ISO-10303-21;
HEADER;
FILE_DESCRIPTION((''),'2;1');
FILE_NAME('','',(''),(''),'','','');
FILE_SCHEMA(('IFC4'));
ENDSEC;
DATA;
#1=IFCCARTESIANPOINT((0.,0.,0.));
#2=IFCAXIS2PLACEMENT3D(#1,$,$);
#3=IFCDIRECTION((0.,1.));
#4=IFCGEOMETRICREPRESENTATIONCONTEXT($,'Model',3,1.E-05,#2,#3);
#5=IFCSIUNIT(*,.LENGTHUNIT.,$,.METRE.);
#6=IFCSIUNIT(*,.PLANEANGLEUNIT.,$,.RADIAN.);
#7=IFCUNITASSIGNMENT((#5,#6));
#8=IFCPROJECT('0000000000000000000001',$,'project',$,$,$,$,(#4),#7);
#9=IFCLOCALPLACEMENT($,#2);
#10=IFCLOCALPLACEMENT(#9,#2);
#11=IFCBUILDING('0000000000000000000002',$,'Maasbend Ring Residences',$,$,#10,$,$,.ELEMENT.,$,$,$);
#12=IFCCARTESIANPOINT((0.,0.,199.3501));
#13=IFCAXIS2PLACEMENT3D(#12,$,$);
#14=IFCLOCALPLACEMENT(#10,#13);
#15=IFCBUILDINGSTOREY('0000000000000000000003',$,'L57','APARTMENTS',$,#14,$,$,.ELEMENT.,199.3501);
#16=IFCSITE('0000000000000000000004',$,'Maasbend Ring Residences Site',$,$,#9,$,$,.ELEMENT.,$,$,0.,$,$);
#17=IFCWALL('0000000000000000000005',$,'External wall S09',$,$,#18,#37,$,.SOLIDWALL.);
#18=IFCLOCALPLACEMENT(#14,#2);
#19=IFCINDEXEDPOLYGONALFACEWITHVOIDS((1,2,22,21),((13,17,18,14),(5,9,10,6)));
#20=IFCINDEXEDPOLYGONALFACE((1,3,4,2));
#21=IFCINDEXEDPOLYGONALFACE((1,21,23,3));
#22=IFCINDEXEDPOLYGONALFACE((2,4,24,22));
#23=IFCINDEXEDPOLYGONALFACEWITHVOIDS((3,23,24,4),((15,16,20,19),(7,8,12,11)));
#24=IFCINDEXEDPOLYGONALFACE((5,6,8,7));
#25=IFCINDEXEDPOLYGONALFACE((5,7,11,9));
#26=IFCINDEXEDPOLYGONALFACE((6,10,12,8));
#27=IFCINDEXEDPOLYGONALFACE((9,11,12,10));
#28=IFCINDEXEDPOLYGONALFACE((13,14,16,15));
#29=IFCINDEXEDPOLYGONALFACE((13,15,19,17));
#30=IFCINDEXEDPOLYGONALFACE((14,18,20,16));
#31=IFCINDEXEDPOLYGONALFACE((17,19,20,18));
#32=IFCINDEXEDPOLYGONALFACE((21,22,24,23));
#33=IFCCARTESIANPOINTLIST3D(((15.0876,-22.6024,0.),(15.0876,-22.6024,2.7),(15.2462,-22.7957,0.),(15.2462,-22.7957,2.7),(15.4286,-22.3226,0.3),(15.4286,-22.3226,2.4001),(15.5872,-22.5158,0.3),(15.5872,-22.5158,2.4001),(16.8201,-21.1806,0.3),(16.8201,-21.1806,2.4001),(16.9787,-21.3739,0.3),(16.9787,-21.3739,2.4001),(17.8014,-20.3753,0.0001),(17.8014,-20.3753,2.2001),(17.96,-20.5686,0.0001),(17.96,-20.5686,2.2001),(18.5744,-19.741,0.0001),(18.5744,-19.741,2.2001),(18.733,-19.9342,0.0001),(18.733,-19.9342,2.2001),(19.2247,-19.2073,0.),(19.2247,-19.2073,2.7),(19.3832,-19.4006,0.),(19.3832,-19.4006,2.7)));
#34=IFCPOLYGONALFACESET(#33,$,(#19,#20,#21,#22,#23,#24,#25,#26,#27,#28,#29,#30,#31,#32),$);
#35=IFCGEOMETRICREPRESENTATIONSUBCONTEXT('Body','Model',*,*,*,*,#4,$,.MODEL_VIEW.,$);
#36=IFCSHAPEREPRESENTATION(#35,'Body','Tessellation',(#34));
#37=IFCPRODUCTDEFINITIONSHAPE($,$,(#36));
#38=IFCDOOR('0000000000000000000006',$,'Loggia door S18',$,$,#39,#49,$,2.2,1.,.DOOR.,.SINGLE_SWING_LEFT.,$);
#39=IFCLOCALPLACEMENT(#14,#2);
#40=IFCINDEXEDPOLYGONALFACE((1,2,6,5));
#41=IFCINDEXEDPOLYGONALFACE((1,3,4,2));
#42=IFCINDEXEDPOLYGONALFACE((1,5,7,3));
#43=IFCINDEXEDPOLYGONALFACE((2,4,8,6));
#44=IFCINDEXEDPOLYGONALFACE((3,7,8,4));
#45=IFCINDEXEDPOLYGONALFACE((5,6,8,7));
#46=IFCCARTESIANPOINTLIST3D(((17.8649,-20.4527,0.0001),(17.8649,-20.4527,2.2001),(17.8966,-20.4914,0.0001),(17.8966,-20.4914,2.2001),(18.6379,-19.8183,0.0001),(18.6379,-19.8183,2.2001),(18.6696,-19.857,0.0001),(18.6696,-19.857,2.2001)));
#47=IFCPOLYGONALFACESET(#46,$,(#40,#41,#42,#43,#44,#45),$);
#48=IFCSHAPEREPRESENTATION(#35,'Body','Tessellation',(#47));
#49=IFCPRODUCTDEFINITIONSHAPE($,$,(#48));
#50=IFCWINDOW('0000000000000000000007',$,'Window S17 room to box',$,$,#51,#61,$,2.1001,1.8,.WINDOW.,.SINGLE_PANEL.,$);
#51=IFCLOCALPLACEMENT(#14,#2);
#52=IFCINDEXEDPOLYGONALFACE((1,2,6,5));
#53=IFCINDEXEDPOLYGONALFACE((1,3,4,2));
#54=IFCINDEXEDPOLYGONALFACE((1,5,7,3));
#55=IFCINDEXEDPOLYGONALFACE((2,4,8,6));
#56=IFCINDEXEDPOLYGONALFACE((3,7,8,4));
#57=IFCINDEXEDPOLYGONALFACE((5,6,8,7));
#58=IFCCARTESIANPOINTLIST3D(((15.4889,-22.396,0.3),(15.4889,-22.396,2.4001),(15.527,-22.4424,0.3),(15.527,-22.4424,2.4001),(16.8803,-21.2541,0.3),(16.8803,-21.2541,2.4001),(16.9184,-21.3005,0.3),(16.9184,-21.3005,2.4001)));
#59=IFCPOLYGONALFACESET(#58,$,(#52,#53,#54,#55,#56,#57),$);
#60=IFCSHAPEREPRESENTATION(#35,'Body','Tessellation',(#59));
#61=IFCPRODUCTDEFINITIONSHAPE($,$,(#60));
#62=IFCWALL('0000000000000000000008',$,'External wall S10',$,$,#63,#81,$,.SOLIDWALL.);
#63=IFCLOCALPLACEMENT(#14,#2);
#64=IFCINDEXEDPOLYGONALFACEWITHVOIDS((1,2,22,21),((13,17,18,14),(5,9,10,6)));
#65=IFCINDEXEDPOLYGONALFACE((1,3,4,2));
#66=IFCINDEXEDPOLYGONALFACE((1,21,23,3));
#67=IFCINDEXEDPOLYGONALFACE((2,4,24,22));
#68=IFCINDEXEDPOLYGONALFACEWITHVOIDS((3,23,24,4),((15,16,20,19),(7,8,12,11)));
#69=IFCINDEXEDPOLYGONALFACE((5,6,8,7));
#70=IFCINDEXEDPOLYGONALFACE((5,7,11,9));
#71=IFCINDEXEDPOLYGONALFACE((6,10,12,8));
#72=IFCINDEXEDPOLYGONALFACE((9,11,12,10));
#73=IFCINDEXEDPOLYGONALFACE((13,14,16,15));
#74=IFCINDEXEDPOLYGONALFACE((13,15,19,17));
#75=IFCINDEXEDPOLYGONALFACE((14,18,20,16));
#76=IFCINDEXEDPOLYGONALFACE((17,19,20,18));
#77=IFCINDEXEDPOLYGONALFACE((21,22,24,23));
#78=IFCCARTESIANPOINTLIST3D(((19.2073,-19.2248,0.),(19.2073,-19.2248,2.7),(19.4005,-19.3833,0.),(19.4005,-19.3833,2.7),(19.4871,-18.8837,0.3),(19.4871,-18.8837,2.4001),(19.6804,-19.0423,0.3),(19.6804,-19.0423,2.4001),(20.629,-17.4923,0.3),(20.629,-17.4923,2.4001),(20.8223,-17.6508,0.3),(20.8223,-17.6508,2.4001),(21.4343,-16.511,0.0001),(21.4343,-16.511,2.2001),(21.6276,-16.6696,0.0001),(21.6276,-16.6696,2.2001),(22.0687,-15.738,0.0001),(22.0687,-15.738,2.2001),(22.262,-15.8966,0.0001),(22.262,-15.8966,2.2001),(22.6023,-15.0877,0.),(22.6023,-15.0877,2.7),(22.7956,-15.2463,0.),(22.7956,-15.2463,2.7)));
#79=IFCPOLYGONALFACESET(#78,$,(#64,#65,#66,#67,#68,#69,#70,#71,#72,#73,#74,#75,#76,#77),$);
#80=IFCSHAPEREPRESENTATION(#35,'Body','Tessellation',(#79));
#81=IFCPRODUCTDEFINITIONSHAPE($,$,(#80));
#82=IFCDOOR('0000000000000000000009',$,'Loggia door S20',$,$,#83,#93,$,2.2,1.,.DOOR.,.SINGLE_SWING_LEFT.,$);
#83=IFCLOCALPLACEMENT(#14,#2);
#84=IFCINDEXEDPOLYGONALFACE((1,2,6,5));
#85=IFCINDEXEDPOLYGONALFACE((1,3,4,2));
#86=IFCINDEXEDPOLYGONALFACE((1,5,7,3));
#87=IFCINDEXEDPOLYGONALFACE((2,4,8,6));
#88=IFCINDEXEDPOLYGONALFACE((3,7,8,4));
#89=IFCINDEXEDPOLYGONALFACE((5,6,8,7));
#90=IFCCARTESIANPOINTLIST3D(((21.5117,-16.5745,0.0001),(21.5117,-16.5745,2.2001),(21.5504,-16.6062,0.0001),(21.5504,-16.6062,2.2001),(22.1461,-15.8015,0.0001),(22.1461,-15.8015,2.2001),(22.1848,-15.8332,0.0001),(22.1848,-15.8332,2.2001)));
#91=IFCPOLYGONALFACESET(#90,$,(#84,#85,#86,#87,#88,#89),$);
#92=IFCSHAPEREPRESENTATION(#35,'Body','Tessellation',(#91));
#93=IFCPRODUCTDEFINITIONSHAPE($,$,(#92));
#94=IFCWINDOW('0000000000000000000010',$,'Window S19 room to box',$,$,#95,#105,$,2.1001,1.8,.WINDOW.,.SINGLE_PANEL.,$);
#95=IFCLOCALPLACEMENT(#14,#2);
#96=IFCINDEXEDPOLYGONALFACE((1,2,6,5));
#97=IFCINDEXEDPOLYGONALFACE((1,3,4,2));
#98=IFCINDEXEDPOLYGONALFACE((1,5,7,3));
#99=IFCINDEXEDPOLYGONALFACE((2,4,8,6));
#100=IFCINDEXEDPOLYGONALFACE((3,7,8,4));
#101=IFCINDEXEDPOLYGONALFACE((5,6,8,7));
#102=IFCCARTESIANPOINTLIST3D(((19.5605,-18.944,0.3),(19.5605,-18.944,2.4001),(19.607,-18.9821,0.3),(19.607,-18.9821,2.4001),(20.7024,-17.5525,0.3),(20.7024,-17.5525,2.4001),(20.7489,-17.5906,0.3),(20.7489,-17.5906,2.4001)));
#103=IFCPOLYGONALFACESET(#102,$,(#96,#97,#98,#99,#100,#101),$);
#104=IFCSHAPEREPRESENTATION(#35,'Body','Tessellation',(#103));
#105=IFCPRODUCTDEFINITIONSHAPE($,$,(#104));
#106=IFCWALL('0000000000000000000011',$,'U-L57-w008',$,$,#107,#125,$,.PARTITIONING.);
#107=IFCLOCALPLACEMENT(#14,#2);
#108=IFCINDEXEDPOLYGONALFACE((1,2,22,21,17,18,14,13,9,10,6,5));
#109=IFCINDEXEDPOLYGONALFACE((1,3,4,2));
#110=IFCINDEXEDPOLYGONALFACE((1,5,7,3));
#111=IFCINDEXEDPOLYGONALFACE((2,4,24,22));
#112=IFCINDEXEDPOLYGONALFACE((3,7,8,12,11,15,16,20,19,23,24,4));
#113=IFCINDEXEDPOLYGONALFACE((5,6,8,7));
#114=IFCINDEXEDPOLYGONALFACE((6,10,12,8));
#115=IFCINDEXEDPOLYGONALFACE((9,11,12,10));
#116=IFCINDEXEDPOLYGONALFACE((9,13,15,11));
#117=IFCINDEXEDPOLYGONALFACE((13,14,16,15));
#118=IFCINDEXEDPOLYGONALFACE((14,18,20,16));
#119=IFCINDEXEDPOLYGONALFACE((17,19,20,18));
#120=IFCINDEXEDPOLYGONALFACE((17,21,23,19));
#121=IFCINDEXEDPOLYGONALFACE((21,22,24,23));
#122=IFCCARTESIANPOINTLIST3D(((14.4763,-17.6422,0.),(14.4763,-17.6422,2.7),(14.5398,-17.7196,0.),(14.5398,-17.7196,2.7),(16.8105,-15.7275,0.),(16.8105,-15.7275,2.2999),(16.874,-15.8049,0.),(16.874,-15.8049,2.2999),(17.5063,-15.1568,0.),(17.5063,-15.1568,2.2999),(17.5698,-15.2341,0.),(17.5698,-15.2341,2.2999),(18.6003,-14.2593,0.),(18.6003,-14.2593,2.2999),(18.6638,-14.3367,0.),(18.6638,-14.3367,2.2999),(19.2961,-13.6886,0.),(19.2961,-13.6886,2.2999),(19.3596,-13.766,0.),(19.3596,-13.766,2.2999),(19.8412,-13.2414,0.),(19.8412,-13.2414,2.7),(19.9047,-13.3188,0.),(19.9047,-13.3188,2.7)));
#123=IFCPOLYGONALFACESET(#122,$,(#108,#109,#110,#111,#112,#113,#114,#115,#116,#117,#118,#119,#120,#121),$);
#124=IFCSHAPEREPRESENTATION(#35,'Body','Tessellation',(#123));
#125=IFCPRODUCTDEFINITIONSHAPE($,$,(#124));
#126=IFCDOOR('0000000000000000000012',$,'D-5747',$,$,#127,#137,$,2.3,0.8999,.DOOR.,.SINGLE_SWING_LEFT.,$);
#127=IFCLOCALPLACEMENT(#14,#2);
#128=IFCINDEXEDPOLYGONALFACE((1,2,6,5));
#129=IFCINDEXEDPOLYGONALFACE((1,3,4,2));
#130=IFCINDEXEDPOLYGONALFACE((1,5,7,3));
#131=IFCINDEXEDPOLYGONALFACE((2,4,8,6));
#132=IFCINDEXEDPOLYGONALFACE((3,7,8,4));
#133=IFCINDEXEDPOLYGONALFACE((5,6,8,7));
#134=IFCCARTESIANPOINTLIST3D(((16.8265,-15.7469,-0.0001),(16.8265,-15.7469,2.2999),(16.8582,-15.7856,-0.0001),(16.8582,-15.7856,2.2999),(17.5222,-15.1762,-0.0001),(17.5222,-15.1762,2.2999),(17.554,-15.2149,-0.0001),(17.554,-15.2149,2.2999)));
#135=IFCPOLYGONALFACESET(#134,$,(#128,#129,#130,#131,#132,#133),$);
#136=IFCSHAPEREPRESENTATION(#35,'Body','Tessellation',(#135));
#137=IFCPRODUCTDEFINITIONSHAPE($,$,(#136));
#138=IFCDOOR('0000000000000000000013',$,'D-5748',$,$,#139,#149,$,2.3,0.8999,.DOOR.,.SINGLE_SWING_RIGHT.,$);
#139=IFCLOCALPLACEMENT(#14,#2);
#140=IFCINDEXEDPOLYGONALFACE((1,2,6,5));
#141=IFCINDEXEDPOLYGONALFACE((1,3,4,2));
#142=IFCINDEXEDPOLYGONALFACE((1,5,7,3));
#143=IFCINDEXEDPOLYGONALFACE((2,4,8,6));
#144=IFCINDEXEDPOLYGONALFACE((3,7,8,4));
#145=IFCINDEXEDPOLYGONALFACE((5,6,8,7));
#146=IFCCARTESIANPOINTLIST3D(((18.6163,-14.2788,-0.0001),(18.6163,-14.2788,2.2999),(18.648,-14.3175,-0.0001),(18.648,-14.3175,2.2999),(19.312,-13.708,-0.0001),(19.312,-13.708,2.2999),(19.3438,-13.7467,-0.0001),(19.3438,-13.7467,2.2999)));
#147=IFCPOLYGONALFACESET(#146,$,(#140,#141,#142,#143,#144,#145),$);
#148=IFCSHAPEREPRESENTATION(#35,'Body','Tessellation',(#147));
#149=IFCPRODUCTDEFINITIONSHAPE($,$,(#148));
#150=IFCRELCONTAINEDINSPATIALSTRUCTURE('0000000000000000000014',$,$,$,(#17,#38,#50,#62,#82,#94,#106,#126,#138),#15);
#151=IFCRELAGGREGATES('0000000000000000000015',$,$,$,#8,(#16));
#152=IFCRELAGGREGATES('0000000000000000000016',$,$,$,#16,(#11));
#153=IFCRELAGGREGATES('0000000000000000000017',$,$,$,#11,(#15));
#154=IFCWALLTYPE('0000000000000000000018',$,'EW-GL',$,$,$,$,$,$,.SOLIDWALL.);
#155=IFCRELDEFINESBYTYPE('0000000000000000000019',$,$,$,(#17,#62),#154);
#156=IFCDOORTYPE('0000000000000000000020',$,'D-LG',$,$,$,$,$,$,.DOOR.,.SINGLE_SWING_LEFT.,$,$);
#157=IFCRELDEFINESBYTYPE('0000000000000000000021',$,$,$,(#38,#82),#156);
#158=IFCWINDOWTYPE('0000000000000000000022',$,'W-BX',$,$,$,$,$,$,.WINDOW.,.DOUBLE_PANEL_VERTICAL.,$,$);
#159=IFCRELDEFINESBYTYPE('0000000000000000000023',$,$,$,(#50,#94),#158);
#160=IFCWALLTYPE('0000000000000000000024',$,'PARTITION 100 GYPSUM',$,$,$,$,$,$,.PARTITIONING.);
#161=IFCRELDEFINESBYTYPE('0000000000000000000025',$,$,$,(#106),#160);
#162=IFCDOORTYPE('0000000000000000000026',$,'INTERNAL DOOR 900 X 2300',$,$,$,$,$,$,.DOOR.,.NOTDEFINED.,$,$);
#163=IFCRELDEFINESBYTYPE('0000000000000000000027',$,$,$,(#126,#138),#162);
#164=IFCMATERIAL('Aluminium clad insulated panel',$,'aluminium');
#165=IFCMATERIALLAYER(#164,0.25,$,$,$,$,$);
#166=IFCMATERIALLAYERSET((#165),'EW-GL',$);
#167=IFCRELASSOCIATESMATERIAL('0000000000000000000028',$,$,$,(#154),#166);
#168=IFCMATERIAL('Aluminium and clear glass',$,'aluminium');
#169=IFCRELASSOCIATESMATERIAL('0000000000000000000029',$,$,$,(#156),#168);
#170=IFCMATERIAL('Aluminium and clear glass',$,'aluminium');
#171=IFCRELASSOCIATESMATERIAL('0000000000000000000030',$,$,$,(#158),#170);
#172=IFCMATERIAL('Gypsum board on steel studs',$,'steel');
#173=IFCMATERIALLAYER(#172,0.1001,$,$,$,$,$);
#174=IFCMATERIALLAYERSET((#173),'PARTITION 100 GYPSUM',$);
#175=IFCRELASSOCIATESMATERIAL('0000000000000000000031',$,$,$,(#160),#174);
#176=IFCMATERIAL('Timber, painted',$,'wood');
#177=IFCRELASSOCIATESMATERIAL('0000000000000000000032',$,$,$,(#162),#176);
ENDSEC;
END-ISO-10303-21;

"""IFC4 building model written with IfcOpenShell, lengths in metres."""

from ifc_helpers import new_model, si_unit, direction, frame, frame_2d, origin, place, context, subcontext, project, spatial, rectangle, extrude, material, layer, layer_set, type_object, element, fill, save


model = new_model("IFC4")

# Units and contexts
model_context = context("Model", 3, precision=1e-05, world=origin(), true_north=direction((0.0, 1.0)))
body_context = subcontext(model_context, "Body", "Model", "MODEL_VIEW")
ifc_project = project(units=[si_unit("LENGTHUNIT", "METRE"), si_unit("PLANEANGLEUNIT", "RADIAN")], contexts=[model_context])

# Site, building, storey
site_placement = place(None, origin())
site = spatial("IfcSite", under=ifc_project, at=site_placement, Name="Maasbend Ring Residences Site", CompositionType="ELEMENT", RefElevation=0.0)
building_placement = place(site_placement, origin())
building = spatial("IfcBuilding", under=site, at=building_placement, Name="Maasbend Ring Residences", CompositionType="ELEMENT")
storey_placement = place(building_placement, frame((0.0, 0.0, 199.3501)))
storey = spatial("IfcBuildingStorey", under=building, at=storey_placement, Name="L57", Description="APARTMENTS", CompositionType="ELEMENT", Elevation=199.3501)

# Walls, openings, doors, windows
ifc_material_1 = material(Name="Aluminium clad insulated panel", Category="aluminium")
ifc_layer_1 = layer(ifc_material_1, 0.25)
ifc_layer_set_1 = layer_set([ifc_layer_1], Name="EW-GL")
wall_type_1 = type_object("IfcWallType", Name="EW-GL", PredefinedType="SOLIDWALL", material=ifc_layer_set_1)
wall_1_placement = place(storey_placement, frame((15.167, -22.699, 0.0), z_axis=(0.0, 0.0, 1.0), x_axis=(0.773019, 0.634382, 0.0)))
wall_1 = element("IfcWall", 1, at=wall_1_placement, inside=storey, type_object=wall_type_1, Name="External wall S09", PredefinedType="SOLIDWALL", context=body_context, shape_type="SweptSolid", body=[
    extrude(rectangle(XDim=5.3518, YDim=0.25, at=frame_2d((2.6758, 0.0))), origin(), (0.0, 0.0, 1.0), 2.7),
])
opening_1_placement = place(wall_1_placement, frame((0.4412, 0.0, 0.3)))
opening_1 = element("IfcOpeningElement", 2, at=opening_1_placement, cuts=wall_1, PredefinedType="OPENING", context=body_context, shape_type="SweptSolid", body=[
    extrude(rectangle(XDim=1.8, YDim=2.1001, at=frame_2d((0.8999, 1.05))), frame((0.0, 0.135, 0.0), z_axis=(0.0, -1.0, 0.0), x_axis=(1.0, 0.0, 0.0)), (0.0, 0.0, 1.0), 0.27),
])
opening_2_placement = place(wall_1_placement, frame((3.5105, 0.0, 0.0)))
opening_2 = element("IfcOpeningElement", 3, at=opening_2_placement, cuts=wall_1, PredefinedType="OPENING", context=body_context, shape_type="SweptSolid", body=[
    extrude(rectangle(XDim=1.0, YDim=2.2, at=frame_2d((0.5, 1.1001))), frame((0.0, 0.135, 0.0), z_axis=(0.0, -1.0, 0.0), x_axis=(1.0, 0.0, 0.0)), (0.0, 0.0, 1.0), 0.27),
])
ifc_material_2 = material(Name="Aluminium and clear glass", Category="aluminium")
door_type_1 = type_object("IfcDoorType", Name="D-LG", OperationType="SINGLE_SWING_LEFT", PredefinedType="DOOR", material=ifc_material_2)
door_1_placement = place(opening_2_placement, origin())
door_1 = element("IfcDoor", 4, at=door_1_placement, inside=storey, type_object=door_type_1, Name="Loggia door S18", OperationType="SINGLE_SWING_LEFT", OverallHeight=2.2, OverallWidth=1.0, PredefinedType="DOOR", context=body_context, shape_type="SweptSolid", body=[
    extrude(rectangle(XDim=1.0, YDim=2.2, at=frame_2d((0.5, 1.1001))), frame((0.0, 0.0249, 0.0), z_axis=(0.0, -1.0, 0.0), x_axis=(1.0, 0.0, 0.0)), (0.0, 0.0, 1.0), 0.05),
])
fill(opening_2, door_1)
ifc_material_3 = material(Name="Aluminium and clear glass", Category="aluminium")
window_type_1 = type_object("IfcWindowType", Name="W-BX", PartitioningType="DOUBLE_PANEL_VERTICAL", PredefinedType="WINDOW", material=ifc_material_3)
window_1_placement = place(opening_1_placement, origin())
window_1 = element("IfcWindow", 5, at=window_1_placement, inside=storey, type_object=window_type_1, Name="Window S17 room to box", OverallHeight=2.1001, OverallWidth=1.8, PartitioningType="SINGLE_PANEL", PredefinedType="WINDOW", context=body_context, shape_type="SweptSolid", body=[
    extrude(rectangle(XDim=1.8, YDim=2.1001, at=frame_2d((0.8999, 1.05))), frame((0.0, 0.03, 0.0), z_axis=(0.0, -1.0, 0.0), x_axis=(1.0, 0.0, 0.0)), (0.0, 0.0, 1.0), 0.0601),
])
fill(opening_1, window_1)
wall_2_placement = place(storey_placement, frame((19.304, -19.304, 0.0), z_axis=(0.0, 0.0, 1.0), x_axis=(0.634382, 0.773019, 0.0)))
wall_2 = element("IfcWall", 6, at=wall_2_placement, inside=storey, type_object=wall_type_1, Name="External wall S10", PredefinedType="SOLIDWALL", context=body_context, shape_type="SweptSolid", body=[
    extrude(rectangle(XDim=5.3518, YDim=0.25, at=frame_2d((2.6758, 0.0))), origin(), (0.0, 0.0, 1.0), 2.7),
])
opening_3_placement = place(wall_2_placement, frame((0.4412, 0.0, 0.3)))
opening_3 = element("IfcOpeningElement", 7, at=opening_3_placement, cuts=wall_2, PredefinedType="OPENING", context=body_context, shape_type="SweptSolid", body=[
    extrude(rectangle(XDim=1.8, YDim=2.1001, at=frame_2d((0.8999, 1.05))), frame((0.0, 0.135, 0.0), z_axis=(0.0, -1.0, 0.0), x_axis=(1.0, 0.0, 0.0)), (0.0, 0.0, 1.0), 0.27),
])
opening_4_placement = place(wall_2_placement, frame((3.5105, 0.0, 0.0)))
opening_4 = element("IfcOpeningElement", 8, at=opening_4_placement, cuts=wall_2, PredefinedType="OPENING", context=body_context, shape_type="SweptSolid", body=[
    extrude(rectangle(XDim=1.0, YDim=2.2, at=frame_2d((0.5, 1.1001))), frame((0.0, 0.135, 0.0), z_axis=(0.0, -1.0, 0.0), x_axis=(1.0, 0.0, 0.0)), (0.0, 0.0, 1.0), 0.27),
])
door_2_placement = place(opening_4_placement, origin())
door_2 = element("IfcDoor", 9, at=door_2_placement, inside=storey, type_object=door_type_1, Name="Loggia door S20", OperationType="SINGLE_SWING_LEFT", OverallHeight=2.2, OverallWidth=1.0, PredefinedType="DOOR", context=body_context, shape_type="SweptSolid", body=[
    extrude(rectangle(XDim=1.0, YDim=2.2, at=frame_2d((0.5, 1.1001))), frame((0.0, 0.0249, 0.0), z_axis=(0.0, -1.0, 0.0), x_axis=(1.0, 0.0, 0.0)), (0.0, 0.0, 1.0), 0.05),
])
fill(opening_4, door_2)
window_2_placement = place(opening_3_placement, origin())
window_2 = element("IfcWindow", 10, at=window_2_placement, inside=storey, type_object=window_type_1, Name="Window S19 room to box", OverallHeight=2.1001, OverallWidth=1.8, PartitioningType="SINGLE_PANEL", PredefinedType="WINDOW", context=body_context, shape_type="SweptSolid", body=[
    extrude(rectangle(XDim=1.8, YDim=2.1001, at=frame_2d((0.8999, 1.05))), frame((0.0, 0.03, 0.0), z_axis=(0.0, -1.0, 0.0), x_axis=(1.0, 0.0, 0.0)), (0.0, 0.0, 1.0), 0.0601),
])
fill(opening_3, window_2)

# Wall, openings, doors
ifc_material_4 = material(Name="Gypsum board on steel studs", Category="steel")
ifc_layer_2 = layer(ifc_material_4, 0.1001)
ifc_layer_set_2 = layer_set([ifc_layer_2], Name="PARTITION 100 GYPSUM")
wall_type_2 = type_object("IfcWallType", Name="PARTITION 100 GYPSUM", PredefinedType="PARTITIONING", material=ifc_layer_set_2)
wall_3_placement = place(storey_placement, frame((14.5081, -17.6809, 0.0), z_axis=(0.0, 0.0, 1.0), x_axis=(0.773156, 0.634216, 0.0)))
wall_3 = element("IfcWall", 11, at=wall_3_placement, inside=storey, type_object=wall_type_2, Name="U-L57-w008", PredefinedType="PARTITIONING", context=body_context, shape_type="SweptSolid", body=[
    extrude(rectangle(XDim=6.939, YDim=0.1001, at=frame_2d((3.4695, 0.0))), origin(), (0.0, 0.0, 1.0), 2.7),
])
opening_5_placement = place(wall_3_placement, frame((3.019, 0.0, 0.0)))
opening_5 = element("IfcOpeningElement", 12, at=opening_5_placement, cuts=wall_3, PredefinedType="OPENING", context=body_context, shape_type="SweptSolid", body=[
    extrude(rectangle(XDim=0.8999, YDim=2.3, at=frame_2d((0.45, 1.1499))), frame((0.0, 0.0601, 0.0), z_axis=(0.0, -1.0, 0.0), x_axis=(1.0, 0.0, 0.0)), (0.0, 0.0, 1.0), 0.1201),
])
opening_6_placement = place(wall_3_placement, frame((5.334, 0.0, 0.0)))
opening_6 = element("IfcOpeningElement", 13, at=opening_6_placement, cuts=wall_3, PredefinedType="OPENING", context=body_context, shape_type="SweptSolid", body=[
    extrude(rectangle(XDim=0.8999, YDim=2.3, at=frame_2d((0.45, 1.1499))), frame((0.0, 0.0601, 0.0), z_axis=(0.0, -1.0, 0.0), x_axis=(1.0, 0.0, 0.0)), (0.0, 0.0, 1.0), 0.1201),
])
ifc_material_5 = material(Name="Timber, painted", Category="wood")
door_type_2 = type_object("IfcDoorType", Name="INTERNAL DOOR 900 X 2300", OperationType="NOTDEFINED", PredefinedType="DOOR", material=ifc_material_5)
door_3_placement = place(opening_5_placement, origin())
door_3 = element("IfcDoor", 14, at=door_3_placement, inside=storey, type_object=door_type_2, Name="D-5747", OperationType="SINGLE_SWING_LEFT", OverallHeight=2.3, OverallWidth=0.8999, PredefinedType="DOOR", context=body_context, shape_type="SweptSolid", body=[
    extrude(rectangle(XDim=0.8999, YDim=2.3, at=frame_2d((0.45, 1.1499))), frame((0.0, 0.0249, 0.0), z_axis=(0.0, -1.0, 0.0), x_axis=(1.0, 0.0, 0.0)), (0.0, 0.0, 1.0), 0.05),
])
fill(opening_5, door_3)
door_4_placement = place(opening_6_placement, origin())
door_4 = element("IfcDoor", 15, at=door_4_placement, inside=storey, type_object=door_type_2, Name="D-5748", OperationType="SINGLE_SWING_RIGHT", OverallHeight=2.3, OverallWidth=0.8999, PredefinedType="DOOR", context=body_context, shape_type="SweptSolid", body=[
    extrude(rectangle(XDim=0.8999, YDim=2.3, at=frame_2d((0.45, 1.1499))), frame((0.0, 0.0249, 0.0), z_axis=(0.0, -1.0, 0.0), x_axis=(1.0, 0.0, 0.0)), (0.0, 0.0, 1.0), 0.05),
])
fill(opening_6, door_4)

save(model, "model.ifc")
